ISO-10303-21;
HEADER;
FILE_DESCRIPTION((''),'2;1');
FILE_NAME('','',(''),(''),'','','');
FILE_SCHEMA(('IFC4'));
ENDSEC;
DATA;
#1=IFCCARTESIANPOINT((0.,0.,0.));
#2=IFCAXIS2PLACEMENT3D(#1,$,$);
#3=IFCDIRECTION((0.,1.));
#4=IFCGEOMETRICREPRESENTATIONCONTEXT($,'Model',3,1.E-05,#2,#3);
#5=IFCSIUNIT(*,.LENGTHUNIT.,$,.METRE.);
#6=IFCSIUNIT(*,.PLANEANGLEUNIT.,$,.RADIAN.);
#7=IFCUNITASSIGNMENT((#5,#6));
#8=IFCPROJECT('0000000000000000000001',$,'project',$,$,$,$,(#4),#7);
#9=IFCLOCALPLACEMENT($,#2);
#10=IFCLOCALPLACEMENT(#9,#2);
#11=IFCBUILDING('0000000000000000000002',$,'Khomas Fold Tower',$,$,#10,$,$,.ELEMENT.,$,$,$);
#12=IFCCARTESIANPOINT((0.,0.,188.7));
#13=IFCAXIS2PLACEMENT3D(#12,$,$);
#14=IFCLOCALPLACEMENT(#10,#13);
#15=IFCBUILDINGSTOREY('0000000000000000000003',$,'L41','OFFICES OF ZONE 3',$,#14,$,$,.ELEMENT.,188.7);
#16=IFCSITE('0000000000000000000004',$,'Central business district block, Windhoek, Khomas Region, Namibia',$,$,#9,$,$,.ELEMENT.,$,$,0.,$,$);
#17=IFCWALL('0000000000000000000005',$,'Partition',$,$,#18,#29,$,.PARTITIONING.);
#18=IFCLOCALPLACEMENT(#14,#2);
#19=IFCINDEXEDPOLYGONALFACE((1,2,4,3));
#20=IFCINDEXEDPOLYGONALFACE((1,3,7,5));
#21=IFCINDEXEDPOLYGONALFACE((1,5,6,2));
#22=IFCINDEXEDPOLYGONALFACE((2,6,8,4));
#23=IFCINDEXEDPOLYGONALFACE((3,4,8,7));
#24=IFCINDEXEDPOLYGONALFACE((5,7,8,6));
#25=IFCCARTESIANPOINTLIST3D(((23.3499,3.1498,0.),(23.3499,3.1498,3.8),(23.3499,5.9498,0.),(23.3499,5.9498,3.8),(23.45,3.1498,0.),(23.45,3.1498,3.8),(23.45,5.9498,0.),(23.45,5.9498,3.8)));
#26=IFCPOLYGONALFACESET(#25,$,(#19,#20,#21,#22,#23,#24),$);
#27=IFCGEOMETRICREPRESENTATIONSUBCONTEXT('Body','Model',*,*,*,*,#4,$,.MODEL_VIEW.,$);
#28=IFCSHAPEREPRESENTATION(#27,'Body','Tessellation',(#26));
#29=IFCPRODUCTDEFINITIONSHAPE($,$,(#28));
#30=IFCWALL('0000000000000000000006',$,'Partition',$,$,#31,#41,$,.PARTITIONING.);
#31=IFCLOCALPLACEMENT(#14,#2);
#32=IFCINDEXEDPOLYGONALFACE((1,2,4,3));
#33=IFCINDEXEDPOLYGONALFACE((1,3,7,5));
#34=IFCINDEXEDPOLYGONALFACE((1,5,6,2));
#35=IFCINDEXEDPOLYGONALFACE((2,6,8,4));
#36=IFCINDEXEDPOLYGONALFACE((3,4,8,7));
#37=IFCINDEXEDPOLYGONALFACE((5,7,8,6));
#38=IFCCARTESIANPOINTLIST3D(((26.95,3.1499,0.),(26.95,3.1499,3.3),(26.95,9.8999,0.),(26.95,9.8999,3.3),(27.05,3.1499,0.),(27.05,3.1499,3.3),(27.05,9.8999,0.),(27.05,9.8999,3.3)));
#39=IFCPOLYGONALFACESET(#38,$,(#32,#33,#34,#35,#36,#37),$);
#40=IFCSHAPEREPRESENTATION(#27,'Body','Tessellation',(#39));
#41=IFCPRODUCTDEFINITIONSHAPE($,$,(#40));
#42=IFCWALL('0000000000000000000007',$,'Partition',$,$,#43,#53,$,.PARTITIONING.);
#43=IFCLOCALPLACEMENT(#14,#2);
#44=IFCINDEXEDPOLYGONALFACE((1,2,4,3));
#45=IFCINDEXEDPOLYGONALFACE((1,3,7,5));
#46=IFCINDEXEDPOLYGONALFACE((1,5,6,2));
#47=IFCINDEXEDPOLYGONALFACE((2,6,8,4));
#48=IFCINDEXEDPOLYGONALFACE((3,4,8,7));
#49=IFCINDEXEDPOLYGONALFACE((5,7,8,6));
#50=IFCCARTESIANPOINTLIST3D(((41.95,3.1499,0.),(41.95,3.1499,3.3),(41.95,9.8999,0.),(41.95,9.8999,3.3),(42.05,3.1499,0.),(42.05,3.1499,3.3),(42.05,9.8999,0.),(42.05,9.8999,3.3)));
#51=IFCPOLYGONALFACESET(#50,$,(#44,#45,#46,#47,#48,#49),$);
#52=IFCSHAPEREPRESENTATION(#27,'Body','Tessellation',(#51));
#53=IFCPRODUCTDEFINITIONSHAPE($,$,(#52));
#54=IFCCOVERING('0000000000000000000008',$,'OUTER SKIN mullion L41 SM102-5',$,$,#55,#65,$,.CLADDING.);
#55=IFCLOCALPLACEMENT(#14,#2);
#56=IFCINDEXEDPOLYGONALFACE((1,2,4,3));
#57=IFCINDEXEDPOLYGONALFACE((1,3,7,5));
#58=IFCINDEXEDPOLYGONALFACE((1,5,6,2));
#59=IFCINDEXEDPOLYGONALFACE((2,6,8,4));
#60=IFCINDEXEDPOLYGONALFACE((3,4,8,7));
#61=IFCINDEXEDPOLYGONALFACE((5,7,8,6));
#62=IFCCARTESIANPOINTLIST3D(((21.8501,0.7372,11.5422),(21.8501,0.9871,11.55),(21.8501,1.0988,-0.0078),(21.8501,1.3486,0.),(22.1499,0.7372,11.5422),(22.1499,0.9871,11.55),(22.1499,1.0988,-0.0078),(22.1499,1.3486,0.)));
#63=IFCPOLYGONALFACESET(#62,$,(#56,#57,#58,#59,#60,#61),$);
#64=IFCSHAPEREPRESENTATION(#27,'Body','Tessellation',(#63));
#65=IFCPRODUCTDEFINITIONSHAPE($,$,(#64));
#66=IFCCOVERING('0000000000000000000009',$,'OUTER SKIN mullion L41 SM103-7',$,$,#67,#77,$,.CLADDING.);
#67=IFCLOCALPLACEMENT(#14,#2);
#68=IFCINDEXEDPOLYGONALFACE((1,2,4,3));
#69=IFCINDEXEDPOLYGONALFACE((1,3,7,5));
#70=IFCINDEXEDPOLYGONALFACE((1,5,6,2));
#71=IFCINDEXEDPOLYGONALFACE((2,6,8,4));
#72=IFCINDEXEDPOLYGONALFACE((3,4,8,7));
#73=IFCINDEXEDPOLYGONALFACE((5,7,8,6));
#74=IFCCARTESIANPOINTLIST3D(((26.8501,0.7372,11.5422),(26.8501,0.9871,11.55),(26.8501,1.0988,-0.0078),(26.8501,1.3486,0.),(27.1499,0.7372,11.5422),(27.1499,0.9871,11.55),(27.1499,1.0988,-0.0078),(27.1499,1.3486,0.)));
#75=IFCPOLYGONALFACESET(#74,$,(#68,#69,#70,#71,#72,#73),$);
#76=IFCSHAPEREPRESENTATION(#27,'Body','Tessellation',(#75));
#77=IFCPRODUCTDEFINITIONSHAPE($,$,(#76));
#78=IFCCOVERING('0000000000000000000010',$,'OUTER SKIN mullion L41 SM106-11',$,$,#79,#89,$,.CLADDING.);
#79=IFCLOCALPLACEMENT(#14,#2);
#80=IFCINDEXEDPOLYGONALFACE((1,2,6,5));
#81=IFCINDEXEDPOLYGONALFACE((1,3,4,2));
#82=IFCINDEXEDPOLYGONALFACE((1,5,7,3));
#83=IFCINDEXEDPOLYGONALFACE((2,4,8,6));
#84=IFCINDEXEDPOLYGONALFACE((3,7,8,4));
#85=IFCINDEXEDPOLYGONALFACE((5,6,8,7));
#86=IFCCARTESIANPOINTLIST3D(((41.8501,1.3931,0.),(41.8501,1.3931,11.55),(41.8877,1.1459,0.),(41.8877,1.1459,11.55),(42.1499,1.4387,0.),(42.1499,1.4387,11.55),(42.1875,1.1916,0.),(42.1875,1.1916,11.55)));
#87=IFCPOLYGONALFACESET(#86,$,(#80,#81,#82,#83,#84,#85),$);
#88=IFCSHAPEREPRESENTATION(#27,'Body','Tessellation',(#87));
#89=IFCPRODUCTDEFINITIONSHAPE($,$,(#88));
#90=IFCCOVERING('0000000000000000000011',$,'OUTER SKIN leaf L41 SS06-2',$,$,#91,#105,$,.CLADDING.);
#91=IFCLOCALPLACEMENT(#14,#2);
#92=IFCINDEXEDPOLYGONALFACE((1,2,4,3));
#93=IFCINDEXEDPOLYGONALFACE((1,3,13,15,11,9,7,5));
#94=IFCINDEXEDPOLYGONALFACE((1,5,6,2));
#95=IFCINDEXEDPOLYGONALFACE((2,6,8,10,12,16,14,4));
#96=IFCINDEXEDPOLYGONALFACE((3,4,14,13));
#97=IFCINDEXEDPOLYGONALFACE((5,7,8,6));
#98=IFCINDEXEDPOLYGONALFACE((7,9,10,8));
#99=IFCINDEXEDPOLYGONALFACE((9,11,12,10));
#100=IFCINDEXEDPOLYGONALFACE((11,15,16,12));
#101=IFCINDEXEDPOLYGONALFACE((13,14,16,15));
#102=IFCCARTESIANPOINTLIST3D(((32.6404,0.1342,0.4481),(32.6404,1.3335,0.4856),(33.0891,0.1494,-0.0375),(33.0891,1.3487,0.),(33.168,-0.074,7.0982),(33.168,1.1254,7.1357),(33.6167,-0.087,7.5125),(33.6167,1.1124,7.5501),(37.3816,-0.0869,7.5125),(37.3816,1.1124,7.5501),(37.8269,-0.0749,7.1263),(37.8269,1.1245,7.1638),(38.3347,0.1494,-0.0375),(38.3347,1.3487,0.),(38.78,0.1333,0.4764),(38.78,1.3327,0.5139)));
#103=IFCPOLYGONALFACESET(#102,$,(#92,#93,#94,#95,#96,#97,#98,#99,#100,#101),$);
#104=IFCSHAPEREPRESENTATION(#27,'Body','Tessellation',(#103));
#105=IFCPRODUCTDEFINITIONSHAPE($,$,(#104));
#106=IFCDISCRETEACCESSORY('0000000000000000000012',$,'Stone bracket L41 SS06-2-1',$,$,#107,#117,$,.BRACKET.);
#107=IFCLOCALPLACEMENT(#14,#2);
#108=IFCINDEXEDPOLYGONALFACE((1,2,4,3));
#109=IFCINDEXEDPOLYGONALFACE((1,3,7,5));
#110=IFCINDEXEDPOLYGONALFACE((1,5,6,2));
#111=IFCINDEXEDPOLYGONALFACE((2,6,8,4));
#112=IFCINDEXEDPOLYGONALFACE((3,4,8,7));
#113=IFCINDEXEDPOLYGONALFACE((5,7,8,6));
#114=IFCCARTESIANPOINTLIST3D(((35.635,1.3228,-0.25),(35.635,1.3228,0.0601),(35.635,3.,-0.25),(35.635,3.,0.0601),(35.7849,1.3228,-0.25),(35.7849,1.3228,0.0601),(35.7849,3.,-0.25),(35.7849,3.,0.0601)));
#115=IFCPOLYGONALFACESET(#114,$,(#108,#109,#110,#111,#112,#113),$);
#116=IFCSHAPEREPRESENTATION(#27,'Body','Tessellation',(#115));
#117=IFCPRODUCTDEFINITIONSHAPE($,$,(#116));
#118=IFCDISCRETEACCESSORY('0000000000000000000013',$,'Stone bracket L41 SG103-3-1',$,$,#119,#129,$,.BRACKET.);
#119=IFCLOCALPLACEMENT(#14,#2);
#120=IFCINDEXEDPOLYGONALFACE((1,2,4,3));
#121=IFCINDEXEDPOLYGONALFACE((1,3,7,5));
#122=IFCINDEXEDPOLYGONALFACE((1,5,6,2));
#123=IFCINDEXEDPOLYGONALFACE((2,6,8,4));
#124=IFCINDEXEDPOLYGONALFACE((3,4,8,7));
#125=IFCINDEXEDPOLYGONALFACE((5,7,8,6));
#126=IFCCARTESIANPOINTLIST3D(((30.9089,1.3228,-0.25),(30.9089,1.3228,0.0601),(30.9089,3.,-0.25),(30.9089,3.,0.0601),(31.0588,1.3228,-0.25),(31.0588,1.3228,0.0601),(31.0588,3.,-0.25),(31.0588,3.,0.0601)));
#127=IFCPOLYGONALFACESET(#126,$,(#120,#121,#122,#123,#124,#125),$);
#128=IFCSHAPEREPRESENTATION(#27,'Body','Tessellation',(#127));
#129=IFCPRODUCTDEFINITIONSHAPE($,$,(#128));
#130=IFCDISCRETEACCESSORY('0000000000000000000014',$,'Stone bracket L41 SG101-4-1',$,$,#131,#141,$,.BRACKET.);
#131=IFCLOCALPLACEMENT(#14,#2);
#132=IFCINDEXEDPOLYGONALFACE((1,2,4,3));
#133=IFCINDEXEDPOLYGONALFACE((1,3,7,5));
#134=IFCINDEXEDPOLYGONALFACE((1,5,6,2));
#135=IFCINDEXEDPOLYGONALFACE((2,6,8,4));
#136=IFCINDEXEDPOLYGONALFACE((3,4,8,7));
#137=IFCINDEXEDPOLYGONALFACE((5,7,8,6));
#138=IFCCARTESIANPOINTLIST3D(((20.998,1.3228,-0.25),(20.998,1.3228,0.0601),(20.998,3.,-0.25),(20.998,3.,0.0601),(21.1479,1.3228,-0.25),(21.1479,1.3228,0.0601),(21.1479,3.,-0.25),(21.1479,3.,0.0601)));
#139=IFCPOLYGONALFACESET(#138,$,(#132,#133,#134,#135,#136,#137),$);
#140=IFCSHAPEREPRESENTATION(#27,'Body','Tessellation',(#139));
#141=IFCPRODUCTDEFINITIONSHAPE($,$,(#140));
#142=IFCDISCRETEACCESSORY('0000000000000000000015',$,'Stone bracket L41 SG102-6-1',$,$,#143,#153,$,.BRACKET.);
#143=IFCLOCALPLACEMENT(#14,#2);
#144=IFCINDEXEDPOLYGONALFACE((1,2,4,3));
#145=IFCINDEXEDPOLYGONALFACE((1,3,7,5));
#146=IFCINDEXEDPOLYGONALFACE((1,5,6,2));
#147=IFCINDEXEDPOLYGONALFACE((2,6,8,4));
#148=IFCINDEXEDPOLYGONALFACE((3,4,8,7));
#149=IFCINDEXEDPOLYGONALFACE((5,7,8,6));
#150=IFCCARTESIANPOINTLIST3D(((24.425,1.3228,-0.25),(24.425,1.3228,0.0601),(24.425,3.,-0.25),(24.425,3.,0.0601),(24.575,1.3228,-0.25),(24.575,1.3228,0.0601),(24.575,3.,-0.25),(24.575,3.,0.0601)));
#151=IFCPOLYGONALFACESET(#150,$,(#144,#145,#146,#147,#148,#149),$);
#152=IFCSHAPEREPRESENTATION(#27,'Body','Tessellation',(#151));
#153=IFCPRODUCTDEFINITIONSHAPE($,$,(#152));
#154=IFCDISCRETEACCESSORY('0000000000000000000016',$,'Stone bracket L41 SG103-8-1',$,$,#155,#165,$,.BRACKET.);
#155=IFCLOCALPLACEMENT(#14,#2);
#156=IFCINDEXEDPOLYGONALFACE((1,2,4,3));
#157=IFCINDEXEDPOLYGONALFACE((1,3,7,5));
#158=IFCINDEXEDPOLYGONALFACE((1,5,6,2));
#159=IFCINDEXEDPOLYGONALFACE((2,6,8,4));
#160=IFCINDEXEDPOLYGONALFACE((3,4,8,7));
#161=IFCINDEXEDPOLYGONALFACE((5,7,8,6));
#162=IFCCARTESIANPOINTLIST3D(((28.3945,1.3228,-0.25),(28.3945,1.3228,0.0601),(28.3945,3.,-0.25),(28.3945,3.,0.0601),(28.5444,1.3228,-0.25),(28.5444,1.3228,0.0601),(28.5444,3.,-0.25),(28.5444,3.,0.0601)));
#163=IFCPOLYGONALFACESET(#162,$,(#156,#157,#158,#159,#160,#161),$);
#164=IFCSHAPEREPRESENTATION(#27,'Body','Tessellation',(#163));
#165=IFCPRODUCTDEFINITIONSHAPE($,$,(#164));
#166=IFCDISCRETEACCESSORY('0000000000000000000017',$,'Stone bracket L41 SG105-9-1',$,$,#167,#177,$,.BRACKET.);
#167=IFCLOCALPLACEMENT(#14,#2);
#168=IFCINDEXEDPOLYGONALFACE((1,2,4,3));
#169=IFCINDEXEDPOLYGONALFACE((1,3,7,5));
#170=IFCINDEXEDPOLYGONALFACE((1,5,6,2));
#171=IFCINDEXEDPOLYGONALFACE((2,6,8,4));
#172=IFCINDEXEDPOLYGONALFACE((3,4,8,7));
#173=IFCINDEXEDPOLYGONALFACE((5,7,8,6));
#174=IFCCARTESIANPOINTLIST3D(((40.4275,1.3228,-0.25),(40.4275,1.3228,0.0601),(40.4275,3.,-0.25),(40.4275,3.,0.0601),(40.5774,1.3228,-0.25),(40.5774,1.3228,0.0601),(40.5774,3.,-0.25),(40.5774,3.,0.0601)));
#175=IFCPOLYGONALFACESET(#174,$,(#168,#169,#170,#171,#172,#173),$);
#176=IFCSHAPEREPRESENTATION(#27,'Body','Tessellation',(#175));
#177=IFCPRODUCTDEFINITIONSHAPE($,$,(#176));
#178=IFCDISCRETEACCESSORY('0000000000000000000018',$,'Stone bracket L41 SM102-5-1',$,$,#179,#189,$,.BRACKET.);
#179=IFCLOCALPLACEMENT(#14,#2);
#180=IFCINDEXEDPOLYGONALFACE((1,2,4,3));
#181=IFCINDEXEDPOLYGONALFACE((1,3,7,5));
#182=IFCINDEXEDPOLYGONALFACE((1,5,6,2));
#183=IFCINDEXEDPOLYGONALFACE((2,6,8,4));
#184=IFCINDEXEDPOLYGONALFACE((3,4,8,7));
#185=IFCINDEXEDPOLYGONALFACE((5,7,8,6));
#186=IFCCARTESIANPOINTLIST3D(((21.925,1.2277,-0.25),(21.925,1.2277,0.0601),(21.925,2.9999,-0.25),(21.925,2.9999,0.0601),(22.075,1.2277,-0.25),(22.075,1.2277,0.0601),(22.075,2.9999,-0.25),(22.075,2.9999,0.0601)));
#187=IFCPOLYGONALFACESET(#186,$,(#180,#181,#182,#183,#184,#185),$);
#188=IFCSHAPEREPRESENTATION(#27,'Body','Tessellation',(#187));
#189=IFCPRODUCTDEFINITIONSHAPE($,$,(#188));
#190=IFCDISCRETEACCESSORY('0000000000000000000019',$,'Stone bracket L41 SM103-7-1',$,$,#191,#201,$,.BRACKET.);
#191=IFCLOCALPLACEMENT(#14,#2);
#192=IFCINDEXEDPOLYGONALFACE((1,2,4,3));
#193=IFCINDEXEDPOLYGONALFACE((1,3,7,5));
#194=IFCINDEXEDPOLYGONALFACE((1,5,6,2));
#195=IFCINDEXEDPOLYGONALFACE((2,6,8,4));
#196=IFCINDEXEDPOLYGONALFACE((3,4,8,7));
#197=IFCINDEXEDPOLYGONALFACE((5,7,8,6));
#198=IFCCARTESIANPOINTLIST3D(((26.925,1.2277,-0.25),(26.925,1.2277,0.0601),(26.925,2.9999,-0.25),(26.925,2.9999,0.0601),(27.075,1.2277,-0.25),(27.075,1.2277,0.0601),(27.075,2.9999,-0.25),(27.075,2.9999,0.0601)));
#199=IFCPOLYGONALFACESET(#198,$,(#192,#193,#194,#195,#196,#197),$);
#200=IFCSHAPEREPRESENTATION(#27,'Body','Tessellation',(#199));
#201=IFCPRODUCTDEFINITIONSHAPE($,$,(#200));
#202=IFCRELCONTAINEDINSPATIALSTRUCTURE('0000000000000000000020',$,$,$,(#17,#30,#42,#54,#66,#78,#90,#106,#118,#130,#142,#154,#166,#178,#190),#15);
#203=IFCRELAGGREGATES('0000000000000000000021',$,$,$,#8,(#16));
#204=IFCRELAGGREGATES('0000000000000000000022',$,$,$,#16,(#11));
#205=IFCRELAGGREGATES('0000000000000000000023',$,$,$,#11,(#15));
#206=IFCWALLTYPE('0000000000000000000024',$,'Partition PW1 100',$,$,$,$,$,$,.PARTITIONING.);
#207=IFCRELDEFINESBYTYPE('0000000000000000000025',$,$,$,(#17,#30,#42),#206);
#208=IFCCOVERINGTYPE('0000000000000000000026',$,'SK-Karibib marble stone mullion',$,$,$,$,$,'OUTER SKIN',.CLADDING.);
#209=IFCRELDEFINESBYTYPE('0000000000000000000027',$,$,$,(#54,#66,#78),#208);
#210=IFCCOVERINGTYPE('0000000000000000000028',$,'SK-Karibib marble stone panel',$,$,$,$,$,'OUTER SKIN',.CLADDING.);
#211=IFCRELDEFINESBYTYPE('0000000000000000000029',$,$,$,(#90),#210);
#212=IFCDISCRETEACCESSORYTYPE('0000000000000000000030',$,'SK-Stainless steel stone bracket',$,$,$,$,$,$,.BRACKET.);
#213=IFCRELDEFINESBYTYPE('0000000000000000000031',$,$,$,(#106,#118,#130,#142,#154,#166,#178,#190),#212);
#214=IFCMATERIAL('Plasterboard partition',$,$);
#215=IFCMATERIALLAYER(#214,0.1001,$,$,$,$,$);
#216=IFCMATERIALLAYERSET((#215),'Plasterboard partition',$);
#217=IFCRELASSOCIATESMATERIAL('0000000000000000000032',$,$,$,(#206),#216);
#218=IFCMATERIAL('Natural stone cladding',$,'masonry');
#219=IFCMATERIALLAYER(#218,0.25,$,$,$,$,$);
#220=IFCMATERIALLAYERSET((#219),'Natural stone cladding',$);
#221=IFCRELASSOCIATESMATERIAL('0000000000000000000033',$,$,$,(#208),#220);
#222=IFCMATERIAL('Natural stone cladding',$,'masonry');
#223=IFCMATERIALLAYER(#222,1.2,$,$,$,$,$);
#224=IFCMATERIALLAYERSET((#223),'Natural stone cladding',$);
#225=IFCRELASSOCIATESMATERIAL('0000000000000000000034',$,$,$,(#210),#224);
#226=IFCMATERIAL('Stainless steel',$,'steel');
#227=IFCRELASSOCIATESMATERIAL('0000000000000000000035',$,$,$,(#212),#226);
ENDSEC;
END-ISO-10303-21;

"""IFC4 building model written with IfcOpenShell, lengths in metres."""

from ifc_helpers import new_model, si_unit, direction, frame, frame_2d, origin, origin_2d, place, context, subcontext, project, spatial, polyline, rectangle, outline, extrude, source, transform, mapped, material, layer, layer_set, type_object, element, save


model = new_model("IFC4")

# Units and contexts
model_context = context("Model", 3, precision=1e-05, world=origin(), true_north=direction((0.0, 1.0)))
body_context = subcontext(model_context, "Body", "Model", "MODEL_VIEW")
ifc_project = project(units=[si_unit("LENGTHUNIT", "METRE"), si_unit("PLANEANGLEUNIT", "RADIAN")], contexts=[model_context])

# Site, building, storey
site_placement = place(None, origin())
site = spatial("IfcSite", under=ifc_project, at=site_placement, Name="Central business district block, Windhoek, Khomas Region, Namibia", CompositionType="ELEMENT", RefElevation=0.0)
building_placement = place(site_placement, origin())
building = spatial("IfcBuilding", under=site, at=building_placement, Name="Khomas Fold Tower", CompositionType="ELEMENT")
storey_placement = place(building_placement, frame((0.0, 0.0, 188.7)))
storey = spatial("IfcBuildingStorey", under=building, at=storey_placement, Name="L41", Description="OFFICES OF ZONE 3", CompositionType="ELEMENT", Elevation=188.7)

# Walls
ifc_material_1 = material(Name="Plasterboard partition")
ifc_layer_1 = layer(ifc_material_1, 0.1001)
ifc_layer_set_1 = layer_set([ifc_layer_1], Name="Plasterboard partition")
wall_type = type_object("IfcWallType", Name="Partition PW1 100", PredefinedType="PARTITIONING", material=ifc_layer_set_1)
shared_shape_1 = source(origin(), body_context, "Body", "SweptSolid", [
    extrude(rectangle(XDim=2.8, YDim=0.1001, at=frame_2d((1.3999, 0.0))), origin(), (0.0, 0.0, 1.0), 3.8),
])
wall_placement = place(storey_placement, frame((23.3999, 3.1499, 0.0), z_axis=(0.0, 0.0, 1.0), x_axis=(0.0, 1.0, 0.0)))
element("IfcWall", 1, at=wall_placement, inside=storey, type_object=wall_type, Name="Partition", PredefinedType="PARTITIONING", context=body_context, shape_type="MappedRepresentation", body=[
    mapped(shared_shape_1, transform((0.0, 0.0, 0.0))),
])
shared_shape_2 = source(origin(), body_context, "Body", "SweptSolid", [
    extrude(rectangle(XDim=6.75, YDim=0.1001, at=frame_2d((3.375, 0.0))), origin(), (0.0, 0.0, 1.0), 3.3),
])
for number, where, z_axis, x_axis, name in (
    (2, (27.0, 3.1499, 0.0), (0.0, 0.0, 1.0), (0.0, 1.0, 0.0), "Partition"),
    (3, (42.0, 3.1499, 0.0), (0.0, 0.0, 1.0), (0.0, 1.0, 0.0), "Partition"),
):
    element("IfcWall", number, at=place(storey_placement, frame(where, z_axis=z_axis, x_axis=x_axis)), inside=storey, type_object=wall_type, Name=name, PredefinedType="PARTITIONING", context=body_context, shape_type="MappedRepresentation", body=[
        mapped(shared_shape_2, transform((0.0, 0.0, 0.0))),
    ])

# Coverings
ifc_material_2 = material(Name="Natural stone cladding", Category="masonry")
ifc_layer_2 = layer(ifc_material_2, 0.25)
ifc_layer_set_2 = layer_set([ifc_layer_2], Name="Natural stone cladding")
covering_type_1 = type_object("IfcCoveringType", Name="SK-Karibib marble stone mullion", ElementType="OUTER SKIN", PredefinedType="CLADDING", material=ifc_layer_set_2)
for number, where, z_axis, x_axis, name in (
    (4, (21.8501, 1.3486, 0.0), (0.0, 0.99951, 0.031289), (0.0, -0.031289, 0.99951), "OUTER SKIN mullion L41 SM102-5"),
    (5, (26.8501, 1.3486, 0.0), (0.0, 0.99951, 0.031289), (0.0, -0.031289, 0.99951), "OUTER SKIN mullion L41 SM103-7"),
):
    element("IfcCovering", number, at=place(storey_placement, frame(where, z_axis=z_axis, x_axis=x_axis)), inside=storey, type_object=covering_type_1, Name=name, PredefinedType="CLADDING", context=body_context, shape_type="SweptSolid", body=[
        extrude(outline(polyline([(0.0, 0.0), (11.5557, 0.0), (11.5557, 0.2998), (0.0, 0.2998), (0.0, 0.0)])), origin(), (0.0, 0.0, -1.0), 0.25),
    ])
covering_1_placement = place(storey_placement, frame((41.8501, 1.3931, 0.0), z_axis=(-0.150545, 0.988603, 0.0), x_axis=(0.0, 0.0, 1.0)))
element("IfcCovering", 6, at=covering_1_placement, inside=storey, type_object=covering_type_1, Name="OUTER SKIN mullion L41 SM106-11", PredefinedType="CLADDING", context=body_context, shape_type="SweptSolid", body=[
    extrude(outline(polyline([(0.0, 0.0), (11.55, 0.0), (11.55, 0.3033), (0.0, 0.3033), (0.0, 0.0)])), origin(), (0.0, 0.0, -1.0), 0.25),
])
ifc_material_3 = material(Name="Natural stone cladding", Category="masonry")
ifc_layer_3 = layer(ifc_material_3, 1.2)
ifc_layer_set_3 = layer_set([ifc_layer_3], Name="Natural stone cladding")
covering_type_2 = type_object("IfcCoveringType", Name="SK-Karibib marble stone panel", ElementType="OUTER SKIN", PredefinedType="CLADDING", material=ifc_layer_set_3)
covering_2_placement = place(storey_placement, frame((37.8269, 1.1245, 7.1638), z_axis=(-0.000005, 0.999511, 0.031285), x_axis=(0.141811, 0.030969, -0.989409)))
element("IfcCovering", 7, at=covering_2_placement, inside=storey, type_object=covering_type_2, Name="OUTER SKIN leaf L41 SS06-2", PredefinedType="CLADDING", context=body_context, shape_type="SweptSolid", body=[
    extrude(outline(polyline([(0.0, 0.0), (6.7211, 0.0), (7.1669, 0.5137), (6.423, 5.7063), (5.8785, 6.0816), (-0.6329, 4.6158), (-0.9796, 4.1129), (-0.4457, 0.386), (0.0, 0.0)])), origin(), (0.0, 0.0, -1.0), 1.2),
])

# Discrete accessories
ifc_material_4 = material(Name="Stainless steel", Category="steel")
discrete_accessory_type = type_object("IfcDiscreteAccessoryType", Name="SK-Stainless steel stone bracket", PredefinedType="BRACKET", material=ifc_material_4)
shared_shape_3 = source(origin(), body_context, "Body", "SweptSolid", [
    extrude(rectangle(XDim=1.6772, YDim=0.1499, at=origin_2d()), origin(), (0.0, 0.0, 1.0), 0.3101),
])
for number, where, z_axis, x_axis, name in (
    (8, (35.71, 2.1614, -0.25), (0.0, 0.0, 1.0), (0.0, -1.0, 0.0), "Stone bracket L41 SS06-2-1"),
    (9, (30.9839, 2.1614, -0.25), (0.0, 0.0, 1.0), (0.0, -1.0, 0.0), "Stone bracket L41 SG103-3-1"),
    (10, (21.073, 2.1614, -0.25), (0.0, 0.0, 1.0), (0.0, -1.0, 0.0), "Stone bracket L41 SG101-4-1"),
    (11, (24.5, 2.1614, -0.25), (0.0, 0.0, 1.0), (0.0, -1.0, 0.0), "Stone bracket L41 SG102-6-1"),
    (12, (28.4695, 2.1614, -0.25), (0.0, 0.0, 1.0), (0.0, -1.0, 0.0), "Stone bracket L41 SG103-8-1"),
    (13, (40.5024, 2.1614, -0.25), (0.0, 0.0, 1.0), (0.0, -1.0, 0.0), "Stone bracket L41 SG105-9-1"),
):
    element("IfcDiscreteAccessory", number, at=place(storey_placement, frame(where, z_axis=z_axis, x_axis=x_axis)), inside=storey, type_object=discrete_accessory_type, Name=name, PredefinedType="BRACKET", context=body_context, shape_type="MappedRepresentation", body=[
        mapped(shared_shape_3, transform((0.0, 0.0, 0.0))),
    ])
shared_shape_4 = source(origin(), body_context, "Body", "SweptSolid", [
    extrude(rectangle(XDim=1.7722, YDim=0.1499, at=origin_2d()), origin(), (0.0, 0.0, 1.0), 0.3101),
])
for number, where, z_axis, x_axis, name in (
    (14, (22.0, 2.1138, -0.25), (0.0, 0.0, 1.0), (0.0, -1.0, 0.0), "Stone bracket L41 SM102-5-1"),
    (15, (27.0, 2.1138, -0.25), (0.0, 0.0, 1.0), (0.0, -1.0, 0.0), "Stone bracket L41 SM103-7-1"),
):
    element("IfcDiscreteAccessory", number, at=place(storey_placement, frame(where, z_axis=z_axis, x_axis=x_axis)), inside=storey, type_object=discrete_accessory_type, Name=name, PredefinedType="BRACKET", context=body_context, shape_type="MappedRepresentation", body=[
        mapped(shared_shape_4, transform((0.0, 0.0, 0.0))),
    ])

save(model, "model.ifc")
